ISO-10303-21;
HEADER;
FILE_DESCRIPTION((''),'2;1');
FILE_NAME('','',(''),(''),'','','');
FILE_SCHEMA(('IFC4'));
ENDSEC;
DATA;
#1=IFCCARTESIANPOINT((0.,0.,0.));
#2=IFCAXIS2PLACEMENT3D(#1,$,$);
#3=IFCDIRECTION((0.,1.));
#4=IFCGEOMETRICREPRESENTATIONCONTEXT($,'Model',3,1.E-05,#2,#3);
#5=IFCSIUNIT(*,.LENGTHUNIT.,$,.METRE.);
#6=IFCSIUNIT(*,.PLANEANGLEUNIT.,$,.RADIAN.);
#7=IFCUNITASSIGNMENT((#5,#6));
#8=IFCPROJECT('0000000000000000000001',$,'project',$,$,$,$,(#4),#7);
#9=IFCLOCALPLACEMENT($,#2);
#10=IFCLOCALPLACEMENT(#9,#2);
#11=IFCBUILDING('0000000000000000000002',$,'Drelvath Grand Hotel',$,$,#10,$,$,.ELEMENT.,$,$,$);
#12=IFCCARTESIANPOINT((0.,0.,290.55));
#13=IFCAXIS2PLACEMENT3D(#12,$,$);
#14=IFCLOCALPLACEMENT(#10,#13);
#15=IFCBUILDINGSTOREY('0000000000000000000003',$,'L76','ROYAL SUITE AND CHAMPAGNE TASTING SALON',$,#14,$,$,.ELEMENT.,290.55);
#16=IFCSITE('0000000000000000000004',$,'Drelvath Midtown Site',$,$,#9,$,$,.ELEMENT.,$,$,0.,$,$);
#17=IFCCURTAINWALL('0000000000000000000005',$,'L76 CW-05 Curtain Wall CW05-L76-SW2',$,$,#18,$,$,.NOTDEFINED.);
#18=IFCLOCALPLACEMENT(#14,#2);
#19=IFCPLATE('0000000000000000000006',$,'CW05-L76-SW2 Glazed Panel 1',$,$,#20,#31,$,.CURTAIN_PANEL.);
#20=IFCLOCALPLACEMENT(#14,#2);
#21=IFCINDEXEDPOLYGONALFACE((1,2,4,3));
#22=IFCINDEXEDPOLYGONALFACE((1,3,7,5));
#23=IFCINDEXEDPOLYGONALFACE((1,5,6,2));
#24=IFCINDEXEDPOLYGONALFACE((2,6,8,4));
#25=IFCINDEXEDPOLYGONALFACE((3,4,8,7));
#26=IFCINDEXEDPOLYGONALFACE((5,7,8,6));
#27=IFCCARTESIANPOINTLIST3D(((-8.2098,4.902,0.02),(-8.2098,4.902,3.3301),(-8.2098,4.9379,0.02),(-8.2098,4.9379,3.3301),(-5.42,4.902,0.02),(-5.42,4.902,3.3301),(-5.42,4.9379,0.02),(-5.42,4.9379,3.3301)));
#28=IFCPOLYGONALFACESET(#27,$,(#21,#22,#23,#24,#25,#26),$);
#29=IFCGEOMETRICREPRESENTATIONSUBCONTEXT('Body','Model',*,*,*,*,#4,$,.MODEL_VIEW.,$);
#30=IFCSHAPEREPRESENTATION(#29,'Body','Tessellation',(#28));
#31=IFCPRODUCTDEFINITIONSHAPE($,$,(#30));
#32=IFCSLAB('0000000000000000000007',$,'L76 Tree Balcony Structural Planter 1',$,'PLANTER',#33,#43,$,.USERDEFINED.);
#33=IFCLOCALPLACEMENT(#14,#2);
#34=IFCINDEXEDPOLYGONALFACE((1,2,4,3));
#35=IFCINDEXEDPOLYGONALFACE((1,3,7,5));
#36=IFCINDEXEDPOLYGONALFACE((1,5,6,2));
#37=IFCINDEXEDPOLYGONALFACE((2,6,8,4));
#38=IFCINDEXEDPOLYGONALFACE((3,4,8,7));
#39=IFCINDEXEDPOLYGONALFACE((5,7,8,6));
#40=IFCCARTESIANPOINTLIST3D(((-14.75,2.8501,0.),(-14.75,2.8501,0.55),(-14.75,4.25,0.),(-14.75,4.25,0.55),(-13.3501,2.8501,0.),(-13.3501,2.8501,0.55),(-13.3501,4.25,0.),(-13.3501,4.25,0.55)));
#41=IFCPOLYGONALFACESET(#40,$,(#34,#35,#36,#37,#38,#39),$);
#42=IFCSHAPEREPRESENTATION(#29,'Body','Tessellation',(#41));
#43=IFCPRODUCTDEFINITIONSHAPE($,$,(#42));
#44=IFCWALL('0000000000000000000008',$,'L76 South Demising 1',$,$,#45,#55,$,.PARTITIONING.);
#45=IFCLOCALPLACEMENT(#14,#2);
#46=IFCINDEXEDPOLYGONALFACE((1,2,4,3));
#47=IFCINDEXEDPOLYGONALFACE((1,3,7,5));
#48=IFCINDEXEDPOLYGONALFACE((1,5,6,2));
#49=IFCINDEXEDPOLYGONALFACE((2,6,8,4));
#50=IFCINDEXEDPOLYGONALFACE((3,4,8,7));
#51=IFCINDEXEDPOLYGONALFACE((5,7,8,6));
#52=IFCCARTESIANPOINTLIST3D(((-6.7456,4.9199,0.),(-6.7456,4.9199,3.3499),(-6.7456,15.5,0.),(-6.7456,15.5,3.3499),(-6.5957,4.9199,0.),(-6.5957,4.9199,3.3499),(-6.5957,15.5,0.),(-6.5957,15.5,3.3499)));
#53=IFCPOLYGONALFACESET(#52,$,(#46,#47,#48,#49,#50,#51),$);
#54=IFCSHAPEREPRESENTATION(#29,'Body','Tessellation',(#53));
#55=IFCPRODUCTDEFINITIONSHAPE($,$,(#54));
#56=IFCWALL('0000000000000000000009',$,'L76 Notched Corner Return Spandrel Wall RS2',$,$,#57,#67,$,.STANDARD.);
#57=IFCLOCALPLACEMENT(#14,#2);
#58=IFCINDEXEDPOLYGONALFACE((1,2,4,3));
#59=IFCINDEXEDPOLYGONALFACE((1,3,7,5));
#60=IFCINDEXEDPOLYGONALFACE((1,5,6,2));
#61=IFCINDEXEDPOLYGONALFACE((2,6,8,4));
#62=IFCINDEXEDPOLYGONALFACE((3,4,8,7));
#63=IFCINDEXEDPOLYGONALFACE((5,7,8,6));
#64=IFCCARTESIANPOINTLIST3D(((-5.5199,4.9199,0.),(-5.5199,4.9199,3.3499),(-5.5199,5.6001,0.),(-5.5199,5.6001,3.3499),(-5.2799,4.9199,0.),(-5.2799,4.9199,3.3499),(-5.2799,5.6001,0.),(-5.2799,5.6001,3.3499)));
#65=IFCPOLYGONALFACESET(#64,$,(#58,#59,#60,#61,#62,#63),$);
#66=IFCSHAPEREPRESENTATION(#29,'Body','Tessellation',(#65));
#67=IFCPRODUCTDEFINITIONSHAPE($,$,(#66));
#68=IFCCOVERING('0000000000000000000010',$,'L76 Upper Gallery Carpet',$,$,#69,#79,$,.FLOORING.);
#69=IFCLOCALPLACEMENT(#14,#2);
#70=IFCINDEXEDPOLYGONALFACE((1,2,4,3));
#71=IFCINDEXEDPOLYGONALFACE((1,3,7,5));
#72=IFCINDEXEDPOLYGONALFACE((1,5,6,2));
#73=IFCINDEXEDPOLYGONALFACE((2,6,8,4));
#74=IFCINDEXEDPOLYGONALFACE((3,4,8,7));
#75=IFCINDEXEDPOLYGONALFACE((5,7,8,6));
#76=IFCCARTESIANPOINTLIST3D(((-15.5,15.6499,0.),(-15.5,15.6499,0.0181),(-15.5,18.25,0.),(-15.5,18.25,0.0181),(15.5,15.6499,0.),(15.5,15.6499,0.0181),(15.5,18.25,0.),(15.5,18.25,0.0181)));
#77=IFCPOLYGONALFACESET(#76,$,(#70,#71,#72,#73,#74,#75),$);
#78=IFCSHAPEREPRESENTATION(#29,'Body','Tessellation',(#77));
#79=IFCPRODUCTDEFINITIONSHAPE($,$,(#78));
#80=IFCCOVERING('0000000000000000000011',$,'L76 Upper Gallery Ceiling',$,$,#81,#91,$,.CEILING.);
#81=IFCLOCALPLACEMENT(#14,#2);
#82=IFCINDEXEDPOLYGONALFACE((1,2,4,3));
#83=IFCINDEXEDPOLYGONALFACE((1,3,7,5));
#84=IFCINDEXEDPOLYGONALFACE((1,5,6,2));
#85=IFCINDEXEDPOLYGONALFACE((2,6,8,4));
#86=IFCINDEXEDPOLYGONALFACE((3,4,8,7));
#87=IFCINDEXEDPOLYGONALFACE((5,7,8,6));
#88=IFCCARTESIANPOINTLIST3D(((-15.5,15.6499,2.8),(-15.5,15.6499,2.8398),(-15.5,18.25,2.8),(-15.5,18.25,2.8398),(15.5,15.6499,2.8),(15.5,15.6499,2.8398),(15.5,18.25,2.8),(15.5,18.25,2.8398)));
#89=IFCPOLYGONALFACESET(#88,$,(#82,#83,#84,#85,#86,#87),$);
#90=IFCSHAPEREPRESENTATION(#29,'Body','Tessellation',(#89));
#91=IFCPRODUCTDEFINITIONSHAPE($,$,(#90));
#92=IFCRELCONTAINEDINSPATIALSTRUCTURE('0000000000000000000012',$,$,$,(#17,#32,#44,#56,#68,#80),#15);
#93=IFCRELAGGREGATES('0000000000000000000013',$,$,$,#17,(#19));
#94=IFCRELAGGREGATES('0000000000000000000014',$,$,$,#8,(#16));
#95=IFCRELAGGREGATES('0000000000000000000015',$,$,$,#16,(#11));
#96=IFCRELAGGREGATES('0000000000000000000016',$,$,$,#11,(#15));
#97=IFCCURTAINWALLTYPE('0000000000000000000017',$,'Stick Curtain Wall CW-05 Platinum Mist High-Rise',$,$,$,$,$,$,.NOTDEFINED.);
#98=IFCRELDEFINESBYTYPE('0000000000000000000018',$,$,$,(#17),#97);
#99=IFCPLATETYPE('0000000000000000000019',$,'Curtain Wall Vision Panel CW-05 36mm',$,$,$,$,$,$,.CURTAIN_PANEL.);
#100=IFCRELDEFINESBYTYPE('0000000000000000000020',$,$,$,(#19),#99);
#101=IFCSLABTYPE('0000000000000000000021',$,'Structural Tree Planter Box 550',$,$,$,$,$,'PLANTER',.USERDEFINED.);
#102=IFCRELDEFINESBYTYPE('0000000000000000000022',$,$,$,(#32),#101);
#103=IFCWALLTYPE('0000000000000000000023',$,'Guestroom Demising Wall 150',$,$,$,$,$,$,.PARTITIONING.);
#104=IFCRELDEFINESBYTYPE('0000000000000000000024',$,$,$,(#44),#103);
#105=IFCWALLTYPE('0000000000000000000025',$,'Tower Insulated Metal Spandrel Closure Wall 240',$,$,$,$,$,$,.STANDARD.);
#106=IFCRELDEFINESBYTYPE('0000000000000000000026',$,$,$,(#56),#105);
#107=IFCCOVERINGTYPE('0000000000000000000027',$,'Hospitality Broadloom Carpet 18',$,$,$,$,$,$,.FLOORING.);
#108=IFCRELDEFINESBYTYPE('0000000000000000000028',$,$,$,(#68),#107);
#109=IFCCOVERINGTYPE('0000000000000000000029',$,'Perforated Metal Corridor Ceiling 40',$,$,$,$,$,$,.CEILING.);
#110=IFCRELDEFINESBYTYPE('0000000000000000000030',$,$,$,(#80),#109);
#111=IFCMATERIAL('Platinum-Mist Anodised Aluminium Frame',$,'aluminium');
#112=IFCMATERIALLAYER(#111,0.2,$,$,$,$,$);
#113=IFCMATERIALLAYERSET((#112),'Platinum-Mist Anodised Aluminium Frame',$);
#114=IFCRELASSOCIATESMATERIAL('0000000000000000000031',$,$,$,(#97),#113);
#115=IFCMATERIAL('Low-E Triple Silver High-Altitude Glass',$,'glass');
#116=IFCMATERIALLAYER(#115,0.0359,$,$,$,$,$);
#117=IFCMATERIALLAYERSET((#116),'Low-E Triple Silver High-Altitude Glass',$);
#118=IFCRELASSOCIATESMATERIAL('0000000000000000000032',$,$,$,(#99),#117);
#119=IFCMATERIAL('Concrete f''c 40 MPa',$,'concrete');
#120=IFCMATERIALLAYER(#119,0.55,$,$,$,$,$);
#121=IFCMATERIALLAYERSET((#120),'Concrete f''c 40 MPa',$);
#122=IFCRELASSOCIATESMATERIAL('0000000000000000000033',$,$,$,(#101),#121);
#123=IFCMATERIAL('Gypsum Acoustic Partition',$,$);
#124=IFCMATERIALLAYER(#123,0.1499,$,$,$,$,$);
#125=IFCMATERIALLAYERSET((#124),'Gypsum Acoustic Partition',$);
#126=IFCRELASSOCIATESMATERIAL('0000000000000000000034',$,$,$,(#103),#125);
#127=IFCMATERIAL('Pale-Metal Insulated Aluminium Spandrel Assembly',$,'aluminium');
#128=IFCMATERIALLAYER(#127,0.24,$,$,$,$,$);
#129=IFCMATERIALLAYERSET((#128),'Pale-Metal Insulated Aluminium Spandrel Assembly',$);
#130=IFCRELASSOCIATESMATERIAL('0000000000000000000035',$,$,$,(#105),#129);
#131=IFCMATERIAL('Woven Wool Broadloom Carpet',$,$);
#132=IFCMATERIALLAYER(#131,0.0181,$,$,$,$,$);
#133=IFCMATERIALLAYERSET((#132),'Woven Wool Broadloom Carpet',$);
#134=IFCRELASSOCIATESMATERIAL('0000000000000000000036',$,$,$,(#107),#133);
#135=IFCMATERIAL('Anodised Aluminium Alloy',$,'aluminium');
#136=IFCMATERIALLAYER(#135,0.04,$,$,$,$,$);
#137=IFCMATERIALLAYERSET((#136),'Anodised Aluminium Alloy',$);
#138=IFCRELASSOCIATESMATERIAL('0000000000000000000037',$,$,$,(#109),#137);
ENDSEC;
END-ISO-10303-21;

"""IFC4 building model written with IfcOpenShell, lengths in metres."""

from ifc_helpers import new_model, si_unit, direction, frame, frame_2d, origin, origin_2d, place, context, subcontext, project, spatial, polyline, rectangle, outline, extrude, material, layer, layer_set, type_object, element, aggregate, save


model = new_model("IFC4")

# Units and contexts
model_context = context("Model", 3, precision=1e-05, world=origin(), true_north=direction((0.0, 1.0)))
body_context = subcontext(model_context, "Body", "Model", "MODEL_VIEW")
ifc_project = project(units=[si_unit("LENGTHUNIT", "METRE"), si_unit("PLANEANGLEUNIT", "RADIAN")], contexts=[model_context])

# Site, building, storey
site_placement = place(None, origin())
site = spatial("IfcSite", under=ifc_project, at=site_placement, Name="Drelvath Midtown Site", CompositionType="ELEMENT", RefElevation=0.0)
building_placement = place(site_placement, origin())
building = spatial("IfcBuilding", under=site, at=building_placement, Name="Drelvath Grand Hotel", CompositionType="ELEMENT")
storey_placement = place(building_placement, frame((0.0, 0.0, 290.55)))
storey = spatial("IfcBuildingStorey", under=building, at=storey_placement, Name="L76", Description="ROYAL SUITE AND CHAMPAGNE TASTING SALON", CompositionType="ELEMENT", Elevation=290.55)

# Curtain wall
ifc_material_1 = material(Name="Platinum-Mist Anodised Aluminium Frame", Category="aluminium")
ifc_layer_1 = layer(ifc_material_1, 0.2)
ifc_layer_set_1 = layer_set([ifc_layer_1], Name="Platinum-Mist Anodised Aluminium Frame")
curtain_wall_type = type_object("IfcCurtainWallType", Name="Stick Curtain Wall CW-05 Platinum Mist High-Rise", PredefinedType="NOTDEFINED", material=ifc_layer_set_1)
curtain_wall_1_placement = place(storey_placement, origin())
curtain_wall_1 = element("IfcCurtainWall", 1, at=curtain_wall_1_placement, inside=storey, type_object=curtain_wall_type, Name="L76 CW-05 Curtain Wall CW05-L76-SW2", PredefinedType="NOTDEFINED")

# Shared definitions
ifc_material_2 = material(Name="Concrete f'c 40 MPa", Category="concrete")

# Plate
ifc_material_3 = material(Name="Low-E Triple Silver High-Altitude Glass", Category="glass")
ifc_layer_2 = layer(ifc_material_3, 0.0359)
ifc_layer_set_2 = layer_set([ifc_layer_2], Name="Low-E Triple Silver High-Altitude Glass")
plate_type = type_object("IfcPlateType", Name="Curtain Wall Vision Panel CW-05 36mm", PredefinedType="CURTAIN_PANEL", material=ifc_layer_set_2)
plate_1_placement = place(storey_placement, frame((-6.8149, 4.9199, 0.02), z_axis=(0.0, 0.0, 1.0), x_axis=(-1.0, 0.0, 0.0)))
plate_1 = element("IfcPlate", 2, at=plate_1_placement, type_object=plate_type, Name="CW05-L76-SW2 Glazed Panel 1", PredefinedType="CURTAIN_PANEL", context=body_context, shape_type="SweptSolid", body=[
    extrude(rectangle(XDim=2.7898, YDim=0.0359, at=origin_2d()), origin(), (0.0, 0.0, 1.0), 3.3101),
])
aggregate(curtain_wall_1, [plate_1])

# Slab
ifc_layer_3 = layer(ifc_material_2, 0.55)
ifc_layer_set_3 = layer_set([ifc_layer_3], Name="Concrete f'c 40 MPa")
slab_type_1 = type_object("IfcSlabType", Name="Structural Tree Planter Box 550", ElementType="PLANTER", PredefinedType="USERDEFINED", material=ifc_layer_set_3)
slab_1_placement = place(storey_placement, origin())
element("IfcSlab", 3, at=slab_1_placement, inside=storey, type_object=slab_type_1, Name="L76 Tree Balcony Structural Planter 1", ObjectType="PLANTER", PredefinedType="USERDEFINED", context=body_context, shape_type="SweptSolid", body=[
    extrude(outline(polyline([(-14.75, 2.8501), (-13.3501, 2.8501), (-13.3501, 4.25), (-14.75, 4.25), (-14.75, 2.8501)])), origin(), (0.0, 0.0, 1.0), 0.55),
])

# Walls
ifc_material_4 = material(Name="Gypsum Acoustic Partition")
ifc_layer_4 = layer(ifc_material_4, 0.1499)
ifc_layer_set_4 = layer_set([ifc_layer_4], Name="Gypsum Acoustic Partition")
wall_type_1 = type_object("IfcWallType", Name="Guestroom Demising Wall 150", PredefinedType="PARTITIONING", material=ifc_layer_set_4)
wall_1_placement = place(storey_placement, frame((-6.6707, 4.9199, 0.0), z_axis=(0.0, 0.0, 1.0), x_axis=(0.0, 1.0, 0.0)))
element("IfcWall", 4, at=wall_1_placement, inside=storey, type_object=wall_type_1, Name="L76 South Demising 1", PredefinedType="PARTITIONING", context=body_context, shape_type="SweptSolid", body=[
    extrude(rectangle(XDim=10.5801, YDim=0.1499, at=frame_2d((5.29, 0.0))), origin(), (0.0, 0.0, 1.0), 3.3499),
])
ifc_material_5 = material(Name="Pale-Metal Insulated Aluminium Spandrel Assembly", Category="aluminium")
ifc_layer_5 = layer(ifc_material_5, 0.24)
ifc_layer_set_5 = layer_set([ifc_layer_5], Name="Pale-Metal Insulated Aluminium Spandrel Assembly")
wall_type_2 = type_object("IfcWallType", Name="Tower Insulated Metal Spandrel Closure Wall 240", PredefinedType="STANDARD", material=ifc_layer_set_5)
wall_2_placement = place(storey_placement, frame((-5.3999, 5.6001, 0.0), z_axis=(0.0, 0.0, 1.0), x_axis=(0.0, -1.0, 0.0)))
element("IfcWall", 5, at=wall_2_placement, inside=storey, type_object=wall_type_2, Name="L76 Notched Corner Return Spandrel Wall RS2", PredefinedType="STANDARD", context=body_context, shape_type="SweptSolid", body=[
    extrude(rectangle(XDim=0.6802, YDim=0.24, at=frame_2d((0.3401, 0.0))), origin(), (0.0, 0.0, 1.0), 3.3499),
])

# Coverings
ifc_material_6 = material(Name="Woven Wool Broadloom Carpet")
ifc_layer_6 = layer(ifc_material_6, 0.0181)
ifc_layer_set_6 = layer_set([ifc_layer_6], Name="Woven Wool Broadloom Carpet")
covering_type_1 = type_object("IfcCoveringType", Name="Hospitality Broadloom Carpet 18", PredefinedType="FLOORING", material=ifc_layer_set_6)
covering_1_placement = place(storey_placement, origin())
element("IfcCovering", 6, at=covering_1_placement, inside=storey, type_object=covering_type_1, Name="L76 Upper Gallery Carpet", PredefinedType="FLOORING", context=body_context, shape_type="SweptSolid", body=[
    extrude(outline(polyline([(15.5, 15.6499), (15.5, 18.25), (-15.5, 18.25), (-15.5, 15.6499), (15.5, 15.6499)])), origin(), (0.0, 0.0, 1.0), 0.0181),
])
ifc_material_7 = material(Name="Anodised Aluminium Alloy", Category="aluminium")
ifc_layer_7 = layer(ifc_material_7, 0.04)
ifc_layer_set_7 = layer_set([ifc_layer_7], Name="Anodised Aluminium Alloy")
covering_type_2 = type_object("IfcCoveringType", Name="Perforated Metal Corridor Ceiling 40", PredefinedType="CEILING", material=ifc_layer_set_7)
covering_2_placement = place(storey_placement, frame((0.0, 0.0, 2.8)))
element("IfcCovering", 7, at=covering_2_placement, inside=storey, type_object=covering_type_2, Name="L76 Upper Gallery Ceiling", PredefinedType="CEILING", context=body_context, shape_type="SweptSolid", body=[
    extrude(outline(polyline([(15.5, 15.6499), (15.5, 18.25), (-15.5, 18.25), (-15.5, 15.6499), (15.5, 15.6499)])), origin(), (0.0, 0.0, 1.0), 0.0398),
])

save(model, "model.ifc")
